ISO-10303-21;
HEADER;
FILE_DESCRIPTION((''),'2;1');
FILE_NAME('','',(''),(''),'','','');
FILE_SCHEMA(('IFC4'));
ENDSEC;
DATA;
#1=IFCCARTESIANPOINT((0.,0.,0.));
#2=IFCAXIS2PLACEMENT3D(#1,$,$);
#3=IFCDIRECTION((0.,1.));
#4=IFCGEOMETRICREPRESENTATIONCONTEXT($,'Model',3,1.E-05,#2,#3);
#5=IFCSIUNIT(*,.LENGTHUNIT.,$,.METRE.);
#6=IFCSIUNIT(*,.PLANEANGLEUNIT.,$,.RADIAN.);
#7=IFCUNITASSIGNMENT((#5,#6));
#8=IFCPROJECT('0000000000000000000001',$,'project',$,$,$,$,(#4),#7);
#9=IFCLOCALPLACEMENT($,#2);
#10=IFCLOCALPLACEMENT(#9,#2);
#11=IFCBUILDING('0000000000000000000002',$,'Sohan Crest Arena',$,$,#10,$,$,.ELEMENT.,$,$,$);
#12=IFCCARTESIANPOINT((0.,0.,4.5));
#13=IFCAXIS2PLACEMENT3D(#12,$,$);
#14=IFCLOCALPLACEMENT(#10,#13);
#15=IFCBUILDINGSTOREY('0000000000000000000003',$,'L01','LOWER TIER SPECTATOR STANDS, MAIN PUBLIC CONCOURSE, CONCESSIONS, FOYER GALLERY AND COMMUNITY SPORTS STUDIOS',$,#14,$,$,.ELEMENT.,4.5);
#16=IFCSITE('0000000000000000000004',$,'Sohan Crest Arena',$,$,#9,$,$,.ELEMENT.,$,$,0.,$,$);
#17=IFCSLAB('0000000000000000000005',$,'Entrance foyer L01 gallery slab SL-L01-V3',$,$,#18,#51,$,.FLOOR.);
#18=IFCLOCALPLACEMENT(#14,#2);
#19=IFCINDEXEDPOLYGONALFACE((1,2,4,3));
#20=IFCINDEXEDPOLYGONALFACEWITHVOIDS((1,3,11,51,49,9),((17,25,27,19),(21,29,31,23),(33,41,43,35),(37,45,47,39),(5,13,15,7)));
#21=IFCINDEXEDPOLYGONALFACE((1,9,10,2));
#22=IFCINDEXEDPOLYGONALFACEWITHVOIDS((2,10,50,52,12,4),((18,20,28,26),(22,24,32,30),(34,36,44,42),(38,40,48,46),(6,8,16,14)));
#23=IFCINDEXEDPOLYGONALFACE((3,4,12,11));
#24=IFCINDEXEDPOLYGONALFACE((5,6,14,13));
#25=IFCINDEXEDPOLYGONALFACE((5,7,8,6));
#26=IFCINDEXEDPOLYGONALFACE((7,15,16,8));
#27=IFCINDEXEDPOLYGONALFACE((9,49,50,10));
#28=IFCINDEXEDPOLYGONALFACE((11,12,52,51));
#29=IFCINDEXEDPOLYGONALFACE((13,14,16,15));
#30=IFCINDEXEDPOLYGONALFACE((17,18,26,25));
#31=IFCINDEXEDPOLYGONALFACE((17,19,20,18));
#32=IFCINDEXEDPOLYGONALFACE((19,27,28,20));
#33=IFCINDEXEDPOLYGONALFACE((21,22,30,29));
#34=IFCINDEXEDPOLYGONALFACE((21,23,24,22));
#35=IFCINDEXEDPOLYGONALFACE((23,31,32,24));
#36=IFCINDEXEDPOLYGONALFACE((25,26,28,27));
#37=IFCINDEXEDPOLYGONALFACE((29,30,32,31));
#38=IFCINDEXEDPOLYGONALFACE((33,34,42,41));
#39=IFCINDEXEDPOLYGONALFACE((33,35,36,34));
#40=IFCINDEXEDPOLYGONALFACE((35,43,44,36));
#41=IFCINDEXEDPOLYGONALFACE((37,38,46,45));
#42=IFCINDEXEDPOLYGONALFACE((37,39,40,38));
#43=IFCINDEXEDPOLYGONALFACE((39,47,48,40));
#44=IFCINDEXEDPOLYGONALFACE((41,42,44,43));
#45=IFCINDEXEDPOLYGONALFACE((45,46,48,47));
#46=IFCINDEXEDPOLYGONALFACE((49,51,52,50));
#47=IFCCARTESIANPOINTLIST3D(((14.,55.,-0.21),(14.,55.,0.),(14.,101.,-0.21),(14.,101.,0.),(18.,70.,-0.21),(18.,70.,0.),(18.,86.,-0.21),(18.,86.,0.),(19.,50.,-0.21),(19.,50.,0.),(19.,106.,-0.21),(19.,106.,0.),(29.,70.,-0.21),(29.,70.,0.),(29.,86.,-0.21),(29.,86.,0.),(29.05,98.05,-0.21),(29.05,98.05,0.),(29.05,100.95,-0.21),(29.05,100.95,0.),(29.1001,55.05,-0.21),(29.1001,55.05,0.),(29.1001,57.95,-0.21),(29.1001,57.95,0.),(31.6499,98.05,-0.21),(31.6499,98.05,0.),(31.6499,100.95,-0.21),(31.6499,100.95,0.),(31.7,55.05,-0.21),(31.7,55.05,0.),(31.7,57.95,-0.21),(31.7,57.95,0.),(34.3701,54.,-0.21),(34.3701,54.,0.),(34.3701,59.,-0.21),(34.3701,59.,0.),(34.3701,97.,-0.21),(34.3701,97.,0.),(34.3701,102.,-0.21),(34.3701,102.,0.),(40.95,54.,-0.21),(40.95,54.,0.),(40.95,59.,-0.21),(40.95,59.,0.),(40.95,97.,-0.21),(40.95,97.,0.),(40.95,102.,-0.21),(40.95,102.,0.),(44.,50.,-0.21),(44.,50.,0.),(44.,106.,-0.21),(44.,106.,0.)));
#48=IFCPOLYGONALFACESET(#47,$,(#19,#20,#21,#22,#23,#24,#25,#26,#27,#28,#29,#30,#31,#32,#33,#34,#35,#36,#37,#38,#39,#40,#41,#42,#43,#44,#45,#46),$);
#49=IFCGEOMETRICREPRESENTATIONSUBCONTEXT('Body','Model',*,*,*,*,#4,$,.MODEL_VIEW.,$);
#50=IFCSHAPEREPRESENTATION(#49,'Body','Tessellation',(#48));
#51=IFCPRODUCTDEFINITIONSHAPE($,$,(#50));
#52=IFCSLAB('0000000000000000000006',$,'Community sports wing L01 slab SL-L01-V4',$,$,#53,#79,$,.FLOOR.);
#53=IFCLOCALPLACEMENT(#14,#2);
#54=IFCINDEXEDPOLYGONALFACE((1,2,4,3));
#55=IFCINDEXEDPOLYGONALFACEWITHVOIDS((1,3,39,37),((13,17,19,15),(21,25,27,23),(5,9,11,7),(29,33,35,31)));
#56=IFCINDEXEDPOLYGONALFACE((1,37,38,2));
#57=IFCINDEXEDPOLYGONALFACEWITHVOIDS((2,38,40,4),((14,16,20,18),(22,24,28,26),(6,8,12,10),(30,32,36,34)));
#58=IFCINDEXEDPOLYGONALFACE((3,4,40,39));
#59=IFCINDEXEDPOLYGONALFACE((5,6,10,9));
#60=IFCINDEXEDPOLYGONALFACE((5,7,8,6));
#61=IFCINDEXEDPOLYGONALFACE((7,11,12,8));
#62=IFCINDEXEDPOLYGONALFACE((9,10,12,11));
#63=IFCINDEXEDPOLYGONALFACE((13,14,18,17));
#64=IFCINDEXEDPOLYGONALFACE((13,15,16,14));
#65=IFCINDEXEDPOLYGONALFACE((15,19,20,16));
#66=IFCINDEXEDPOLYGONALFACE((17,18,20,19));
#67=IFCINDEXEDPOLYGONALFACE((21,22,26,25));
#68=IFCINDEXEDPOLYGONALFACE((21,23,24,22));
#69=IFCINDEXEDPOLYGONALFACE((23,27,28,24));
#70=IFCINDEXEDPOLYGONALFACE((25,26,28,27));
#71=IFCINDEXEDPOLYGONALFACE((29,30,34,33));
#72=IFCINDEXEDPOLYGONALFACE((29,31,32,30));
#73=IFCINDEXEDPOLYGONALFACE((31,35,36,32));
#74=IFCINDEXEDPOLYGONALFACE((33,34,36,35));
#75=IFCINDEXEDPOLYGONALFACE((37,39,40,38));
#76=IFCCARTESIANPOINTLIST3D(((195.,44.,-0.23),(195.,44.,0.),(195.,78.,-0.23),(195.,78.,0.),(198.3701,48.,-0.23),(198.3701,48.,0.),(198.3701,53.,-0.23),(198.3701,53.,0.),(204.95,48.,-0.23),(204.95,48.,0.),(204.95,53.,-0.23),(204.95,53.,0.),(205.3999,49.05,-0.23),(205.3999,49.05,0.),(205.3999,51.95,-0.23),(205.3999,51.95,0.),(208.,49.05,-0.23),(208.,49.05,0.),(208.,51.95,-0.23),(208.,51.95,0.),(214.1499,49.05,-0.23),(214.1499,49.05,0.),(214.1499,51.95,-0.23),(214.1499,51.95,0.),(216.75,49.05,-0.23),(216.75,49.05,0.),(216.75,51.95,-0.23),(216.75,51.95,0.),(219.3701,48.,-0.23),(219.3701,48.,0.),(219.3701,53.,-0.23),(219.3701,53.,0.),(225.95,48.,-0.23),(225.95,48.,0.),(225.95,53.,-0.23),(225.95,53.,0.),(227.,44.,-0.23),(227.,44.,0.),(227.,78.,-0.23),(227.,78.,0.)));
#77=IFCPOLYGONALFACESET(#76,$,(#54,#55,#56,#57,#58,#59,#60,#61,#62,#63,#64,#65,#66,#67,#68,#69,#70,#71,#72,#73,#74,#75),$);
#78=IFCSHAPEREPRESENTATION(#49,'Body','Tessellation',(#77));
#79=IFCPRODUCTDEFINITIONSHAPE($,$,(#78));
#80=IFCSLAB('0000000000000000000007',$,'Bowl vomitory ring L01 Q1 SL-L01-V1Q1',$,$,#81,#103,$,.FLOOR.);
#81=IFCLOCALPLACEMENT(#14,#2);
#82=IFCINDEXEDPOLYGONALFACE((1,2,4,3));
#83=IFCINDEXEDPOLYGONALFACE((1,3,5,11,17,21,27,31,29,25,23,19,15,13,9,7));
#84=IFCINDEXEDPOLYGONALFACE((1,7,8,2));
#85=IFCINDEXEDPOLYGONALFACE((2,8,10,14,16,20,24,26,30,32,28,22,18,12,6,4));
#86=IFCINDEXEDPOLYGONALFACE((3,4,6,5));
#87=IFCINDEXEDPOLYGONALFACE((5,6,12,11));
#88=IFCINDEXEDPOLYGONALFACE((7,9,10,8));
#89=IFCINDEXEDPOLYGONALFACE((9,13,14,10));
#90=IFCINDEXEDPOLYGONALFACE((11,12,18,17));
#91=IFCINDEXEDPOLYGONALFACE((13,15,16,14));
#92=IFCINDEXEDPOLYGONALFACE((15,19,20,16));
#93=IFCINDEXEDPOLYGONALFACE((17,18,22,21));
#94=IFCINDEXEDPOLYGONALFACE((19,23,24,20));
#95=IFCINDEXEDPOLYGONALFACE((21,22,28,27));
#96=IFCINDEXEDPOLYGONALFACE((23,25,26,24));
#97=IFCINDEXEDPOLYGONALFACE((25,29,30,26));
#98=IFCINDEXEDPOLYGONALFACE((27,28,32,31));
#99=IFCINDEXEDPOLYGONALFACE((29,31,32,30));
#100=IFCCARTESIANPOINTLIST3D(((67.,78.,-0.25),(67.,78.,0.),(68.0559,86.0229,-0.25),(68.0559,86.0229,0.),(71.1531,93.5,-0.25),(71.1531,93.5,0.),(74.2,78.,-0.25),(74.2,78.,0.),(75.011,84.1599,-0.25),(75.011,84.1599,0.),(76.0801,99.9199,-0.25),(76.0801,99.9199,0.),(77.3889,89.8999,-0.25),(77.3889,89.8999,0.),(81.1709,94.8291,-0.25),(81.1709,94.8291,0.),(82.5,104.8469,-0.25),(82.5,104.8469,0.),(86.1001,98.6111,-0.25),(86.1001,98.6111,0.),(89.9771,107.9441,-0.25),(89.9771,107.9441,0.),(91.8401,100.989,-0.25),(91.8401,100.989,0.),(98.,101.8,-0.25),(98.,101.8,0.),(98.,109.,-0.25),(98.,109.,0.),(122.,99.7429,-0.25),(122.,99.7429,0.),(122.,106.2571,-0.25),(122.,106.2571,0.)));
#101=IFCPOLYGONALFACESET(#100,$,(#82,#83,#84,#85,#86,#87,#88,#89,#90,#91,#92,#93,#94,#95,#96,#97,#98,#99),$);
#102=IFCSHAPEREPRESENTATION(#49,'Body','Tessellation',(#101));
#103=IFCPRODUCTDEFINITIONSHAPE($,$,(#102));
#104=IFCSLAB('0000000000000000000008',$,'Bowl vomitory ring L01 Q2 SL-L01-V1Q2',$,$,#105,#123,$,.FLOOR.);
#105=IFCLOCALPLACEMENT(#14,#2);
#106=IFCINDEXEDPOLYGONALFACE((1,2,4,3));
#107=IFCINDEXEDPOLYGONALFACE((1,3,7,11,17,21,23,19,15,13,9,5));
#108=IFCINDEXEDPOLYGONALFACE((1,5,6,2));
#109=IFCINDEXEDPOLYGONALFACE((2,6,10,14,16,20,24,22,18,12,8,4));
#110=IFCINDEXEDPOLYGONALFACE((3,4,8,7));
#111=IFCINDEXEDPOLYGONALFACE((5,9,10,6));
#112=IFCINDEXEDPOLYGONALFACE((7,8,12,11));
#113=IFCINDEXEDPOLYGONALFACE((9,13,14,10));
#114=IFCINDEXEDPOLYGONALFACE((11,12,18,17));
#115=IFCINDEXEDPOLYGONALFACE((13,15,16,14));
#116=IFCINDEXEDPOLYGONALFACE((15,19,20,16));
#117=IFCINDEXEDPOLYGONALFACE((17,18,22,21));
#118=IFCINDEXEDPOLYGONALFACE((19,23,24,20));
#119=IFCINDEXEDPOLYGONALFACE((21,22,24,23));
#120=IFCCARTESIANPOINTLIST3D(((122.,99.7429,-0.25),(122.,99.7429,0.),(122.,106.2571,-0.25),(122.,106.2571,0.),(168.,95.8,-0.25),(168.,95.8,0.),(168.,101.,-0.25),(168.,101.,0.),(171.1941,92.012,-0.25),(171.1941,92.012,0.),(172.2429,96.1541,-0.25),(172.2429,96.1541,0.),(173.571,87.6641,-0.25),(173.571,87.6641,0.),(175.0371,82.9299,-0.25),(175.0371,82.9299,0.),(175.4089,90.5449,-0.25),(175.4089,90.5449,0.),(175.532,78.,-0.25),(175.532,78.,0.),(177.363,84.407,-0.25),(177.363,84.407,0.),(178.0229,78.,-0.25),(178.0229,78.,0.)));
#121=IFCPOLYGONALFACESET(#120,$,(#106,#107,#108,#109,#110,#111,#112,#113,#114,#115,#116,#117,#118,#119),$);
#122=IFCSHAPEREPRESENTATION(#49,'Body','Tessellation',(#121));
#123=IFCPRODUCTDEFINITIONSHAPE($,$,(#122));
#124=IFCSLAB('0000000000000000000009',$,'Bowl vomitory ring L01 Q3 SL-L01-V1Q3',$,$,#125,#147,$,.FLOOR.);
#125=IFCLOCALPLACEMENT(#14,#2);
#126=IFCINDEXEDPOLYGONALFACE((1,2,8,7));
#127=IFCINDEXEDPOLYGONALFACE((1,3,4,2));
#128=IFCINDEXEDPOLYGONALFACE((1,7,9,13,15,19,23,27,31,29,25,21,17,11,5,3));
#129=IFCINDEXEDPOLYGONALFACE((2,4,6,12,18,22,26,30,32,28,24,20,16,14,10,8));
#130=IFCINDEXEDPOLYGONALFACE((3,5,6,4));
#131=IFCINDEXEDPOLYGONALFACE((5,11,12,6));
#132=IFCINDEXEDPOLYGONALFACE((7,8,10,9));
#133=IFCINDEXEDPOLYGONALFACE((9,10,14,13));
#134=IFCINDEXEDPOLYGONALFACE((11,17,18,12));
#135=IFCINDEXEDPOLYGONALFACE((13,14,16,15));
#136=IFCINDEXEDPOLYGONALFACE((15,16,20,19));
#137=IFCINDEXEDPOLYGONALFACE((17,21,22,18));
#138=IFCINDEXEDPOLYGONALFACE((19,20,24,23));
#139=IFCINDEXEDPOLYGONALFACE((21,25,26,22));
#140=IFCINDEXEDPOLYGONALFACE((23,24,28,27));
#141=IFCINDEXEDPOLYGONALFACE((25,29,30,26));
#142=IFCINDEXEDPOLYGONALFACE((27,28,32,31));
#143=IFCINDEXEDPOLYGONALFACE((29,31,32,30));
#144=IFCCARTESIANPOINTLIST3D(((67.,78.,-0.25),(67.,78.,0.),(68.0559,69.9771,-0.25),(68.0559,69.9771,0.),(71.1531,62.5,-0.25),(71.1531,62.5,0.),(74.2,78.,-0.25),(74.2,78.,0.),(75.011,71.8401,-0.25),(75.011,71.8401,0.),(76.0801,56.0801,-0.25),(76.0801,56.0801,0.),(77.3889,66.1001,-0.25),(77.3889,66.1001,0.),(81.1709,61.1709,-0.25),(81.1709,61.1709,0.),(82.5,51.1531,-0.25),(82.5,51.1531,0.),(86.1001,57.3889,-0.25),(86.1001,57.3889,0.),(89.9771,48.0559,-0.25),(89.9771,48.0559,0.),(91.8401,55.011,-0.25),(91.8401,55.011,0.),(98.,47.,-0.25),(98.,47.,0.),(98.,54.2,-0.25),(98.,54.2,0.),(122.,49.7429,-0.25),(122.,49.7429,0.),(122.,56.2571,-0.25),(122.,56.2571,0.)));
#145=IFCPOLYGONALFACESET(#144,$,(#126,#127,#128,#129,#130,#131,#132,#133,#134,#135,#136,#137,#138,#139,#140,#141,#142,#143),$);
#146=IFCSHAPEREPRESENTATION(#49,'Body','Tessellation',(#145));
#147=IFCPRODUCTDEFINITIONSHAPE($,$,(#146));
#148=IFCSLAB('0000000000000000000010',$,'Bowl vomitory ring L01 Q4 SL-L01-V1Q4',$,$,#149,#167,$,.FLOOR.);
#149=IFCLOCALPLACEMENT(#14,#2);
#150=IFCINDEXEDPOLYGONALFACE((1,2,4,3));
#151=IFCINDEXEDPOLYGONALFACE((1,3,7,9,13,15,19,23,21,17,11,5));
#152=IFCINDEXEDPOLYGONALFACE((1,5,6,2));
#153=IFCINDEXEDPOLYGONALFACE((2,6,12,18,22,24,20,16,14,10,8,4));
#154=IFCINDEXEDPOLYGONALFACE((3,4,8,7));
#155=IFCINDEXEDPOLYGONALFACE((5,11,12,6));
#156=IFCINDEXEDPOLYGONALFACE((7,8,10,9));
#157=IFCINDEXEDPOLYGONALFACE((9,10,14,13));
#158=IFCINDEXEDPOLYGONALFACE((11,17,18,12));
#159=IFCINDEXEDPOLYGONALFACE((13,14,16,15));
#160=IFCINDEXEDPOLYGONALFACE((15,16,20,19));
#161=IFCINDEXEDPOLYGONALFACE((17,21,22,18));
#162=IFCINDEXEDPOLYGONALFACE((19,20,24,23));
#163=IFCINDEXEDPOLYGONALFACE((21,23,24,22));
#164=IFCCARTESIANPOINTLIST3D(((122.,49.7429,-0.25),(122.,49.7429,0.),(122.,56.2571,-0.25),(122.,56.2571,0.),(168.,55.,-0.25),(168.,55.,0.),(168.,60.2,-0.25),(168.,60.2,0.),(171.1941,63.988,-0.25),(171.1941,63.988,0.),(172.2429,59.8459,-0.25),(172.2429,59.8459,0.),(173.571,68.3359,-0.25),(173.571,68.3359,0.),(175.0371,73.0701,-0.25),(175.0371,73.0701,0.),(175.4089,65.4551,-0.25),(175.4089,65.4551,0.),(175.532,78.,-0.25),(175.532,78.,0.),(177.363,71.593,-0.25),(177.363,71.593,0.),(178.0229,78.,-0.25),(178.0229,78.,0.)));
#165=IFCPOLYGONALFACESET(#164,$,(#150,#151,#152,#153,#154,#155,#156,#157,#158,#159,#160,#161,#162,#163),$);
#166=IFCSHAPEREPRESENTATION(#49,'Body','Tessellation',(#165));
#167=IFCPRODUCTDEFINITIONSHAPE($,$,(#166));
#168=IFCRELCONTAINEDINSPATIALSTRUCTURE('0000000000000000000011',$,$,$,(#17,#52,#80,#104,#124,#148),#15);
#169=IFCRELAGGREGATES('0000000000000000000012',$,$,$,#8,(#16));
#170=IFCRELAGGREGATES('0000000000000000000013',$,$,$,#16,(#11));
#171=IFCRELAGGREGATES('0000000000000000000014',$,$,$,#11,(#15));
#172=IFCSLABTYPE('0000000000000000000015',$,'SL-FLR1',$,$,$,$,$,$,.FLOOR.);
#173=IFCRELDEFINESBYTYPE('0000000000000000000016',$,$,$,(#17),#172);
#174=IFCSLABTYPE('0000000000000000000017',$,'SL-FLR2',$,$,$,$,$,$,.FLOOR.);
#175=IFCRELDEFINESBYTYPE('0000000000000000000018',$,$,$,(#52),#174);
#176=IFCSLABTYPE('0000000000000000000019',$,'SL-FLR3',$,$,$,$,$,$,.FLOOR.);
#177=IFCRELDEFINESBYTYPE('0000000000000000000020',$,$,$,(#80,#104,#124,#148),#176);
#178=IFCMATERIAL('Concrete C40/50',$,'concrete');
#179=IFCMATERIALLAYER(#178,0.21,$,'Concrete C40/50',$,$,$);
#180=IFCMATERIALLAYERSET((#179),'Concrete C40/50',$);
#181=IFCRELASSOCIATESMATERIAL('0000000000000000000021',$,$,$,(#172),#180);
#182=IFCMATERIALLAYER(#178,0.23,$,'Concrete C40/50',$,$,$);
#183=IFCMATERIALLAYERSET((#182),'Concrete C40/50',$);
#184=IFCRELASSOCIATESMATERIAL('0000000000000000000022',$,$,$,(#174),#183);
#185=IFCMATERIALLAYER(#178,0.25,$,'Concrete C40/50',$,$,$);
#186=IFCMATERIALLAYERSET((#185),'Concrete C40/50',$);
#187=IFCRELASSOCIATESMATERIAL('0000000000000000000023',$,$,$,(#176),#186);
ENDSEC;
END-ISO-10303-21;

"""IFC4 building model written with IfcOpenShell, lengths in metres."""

from ifc_helpers import new_model, si_unit, direction, frame, origin, place, context, subcontext, project, spatial, polyline, outline, extrude, material, layer, layer_set, type_object, element, save


model = new_model("IFC4")

# Units and contexts
model_context = context("Model", 3, precision=1e-05, world=origin(), true_north=direction((0.0, 1.0)))
body_context = subcontext(model_context, "Body", "Model", "MODEL_VIEW")
ifc_project = project(units=[si_unit("LENGTHUNIT", "METRE"), si_unit("PLANEANGLEUNIT", "RADIAN")], contexts=[model_context])

# Site, building, storey
site_placement = place(None, origin())
site = spatial("IfcSite", under=ifc_project, at=site_placement, Name="Sohan Crest Arena", CompositionType="ELEMENT", RefElevation=0.0)
building_placement = place(site_placement, origin())
building = spatial("IfcBuilding", under=site, at=building_placement, Name="Sohan Crest Arena", CompositionType="ELEMENT")
storey_placement = place(building_placement, frame((0.0, 0.0, 4.5)))
storey = spatial("IfcBuildingStorey", under=building, at=storey_placement, Name="L01", Description="LOWER TIER SPECTATOR STANDS, MAIN PUBLIC CONCOURSE, CONCESSIONS, FOYER GALLERY AND COMMUNITY SPORTS STUDIOS", CompositionType="ELEMENT", Elevation=4.5)

# Slabs
ifc_material_1 = material(Name="Concrete C40/50", Category="concrete")
ifc_layer_1 = layer(ifc_material_1, 0.21, Name="Concrete C40/50")
ifc_layer_set_1 = layer_set([ifc_layer_1], Name="Concrete C40/50")
slab_type_1 = type_object("IfcSlabType", Name="SL-FLR1", PredefinedType="FLOOR", material=ifc_layer_set_1)
slab_1_placement = place(storey_placement, frame((0.0, 0.0, -0.21)))
element("IfcSlab", 1, at=slab_1_placement, inside=storey, type_object=slab_type_1, Name="Entrance foyer L01 gallery slab SL-L01-V3", PredefinedType="FLOOR", context=body_context, shape_type="SweptSolid", body=[
    extrude(outline(polyline([(44.0, 50.0), (19.0, 50.0), (14.0, 55.0), (14.0, 101.0), (19.0, 106.0), (44.0, 106.0), (44.0, 50.0)]), holes=[polyline([(40.95, 59.0), (34.3701, 59.0), (34.3701, 54.0), (40.95, 54.0), (40.95, 59.0)]), polyline([(31.7, 55.05), (31.7, 57.95), (29.1001, 57.95), (29.1001, 55.05), (31.7, 55.05)]), polyline([(34.3701, 97.0), (40.95, 97.0), (40.95, 102.0), (34.3701, 102.0), (34.3701, 97.0)]), polyline([(29.05, 100.95), (29.05, 98.05), (31.6499, 98.05), (31.6499, 100.95), (29.05, 100.95)]), polyline([(29.0, 86.0), (18.0, 86.0), (18.0, 70.0), (29.0, 70.0), (29.0, 86.0)])]), origin(), (0.0, 0.0, 1.0), 0.21),
])
ifc_layer_2 = layer(ifc_material_1, 0.23, Name="Concrete C40/50")
ifc_layer_set_2 = layer_set([ifc_layer_2], Name="Concrete C40/50")
slab_type_2 = type_object("IfcSlabType", Name="SL-FLR2", PredefinedType="FLOOR", material=ifc_layer_set_2)
slab_2_placement = place(storey_placement, frame((0.0, 0.0, -0.23)))
element("IfcSlab", 2, at=slab_2_placement, inside=storey, type_object=slab_type_2, Name="Community sports wing L01 slab SL-L01-V4", PredefinedType="FLOOR", context=body_context, shape_type="SweptSolid", body=[
    extrude(outline(polyline([(195.0, 44.0), (195.0, 78.0), (227.0, 78.0), (227.0, 44.0), (195.0, 44.0)]), holes=[polyline([(204.95, 48.0), (204.95, 53.0), (198.3701, 53.0), (198.3701, 48.0), (204.95, 48.0)]), polyline([(205.3999, 49.05), (208.0, 49.05), (208.0, 51.95), (205.3999, 51.95), (205.3999, 49.05)]), polyline([(219.3701, 53.0), (219.3701, 48.0), (225.95, 48.0), (225.95, 53.0), (219.3701, 53.0)]), polyline([(216.75, 51.95), (214.1499, 51.95), (214.1499, 49.05), (216.75, 49.05), (216.75, 51.95)])]), origin(), (0.0, 0.0, 1.0), 0.23),
])
ifc_layer_3 = layer(ifc_material_1, 0.25, Name="Concrete C40/50")
ifc_layer_set_3 = layer_set([ifc_layer_3], Name="Concrete C40/50")
slab_type_3 = type_object("IfcSlabType", Name="SL-FLR3", PredefinedType="FLOOR", material=ifc_layer_set_3)
slab_3_placement = place(storey_placement, frame((0.0, 0.0, -0.25)))
element("IfcSlab", 3, at=slab_3_placement, inside=storey, type_object=slab_type_3, Name="Bowl vomitory ring L01 Q1 SL-L01-V1Q1", PredefinedType="FLOOR", context=body_context, shape_type="SweptSolid", body=[
    extrude(outline(polyline([(68.0559, 86.0229), (71.1531, 93.5), (76.0801, 99.9199), (82.5, 104.8469), (89.9771, 107.9441), (98.0, 109.0), (122.0, 106.2571), (122.0, 99.7429), (98.0, 101.8), (91.8401, 100.989), (86.1001, 98.6111), (81.1709, 94.8291), (77.3889, 89.8999), (75.011, 84.1599), (74.2, 78.0), (67.0, 78.0), (68.0559, 86.0229)])), origin(), (0.0, 0.0, 1.0), 0.25),
])
slab_4_placement = place(storey_placement, frame((0.0, 0.0, -0.25)))
element("IfcSlab", 4, at=slab_4_placement, inside=storey, type_object=slab_type_3, Name="Bowl vomitory ring L01 Q2 SL-L01-V1Q2", PredefinedType="FLOOR", context=body_context, shape_type="SweptSolid", body=[
    extrude(outline(polyline([(122.0, 106.2571), (168.0, 101.0), (172.2429, 96.1541), (175.4089, 90.5449), (177.363, 84.407), (178.0229, 78.0), (175.532, 78.0), (175.0371, 82.9299), (173.571, 87.6641), (171.1941, 92.012), (168.0, 95.8), (122.0, 99.7429), (122.0, 106.2571)])), origin(), (0.0, 0.0, 1.0), 0.25),
])
slab_5_placement = place(storey_placement, frame((0.0, 0.0, -0.25)))
element("IfcSlab", 5, at=slab_5_placement, inside=storey, type_object=slab_type_3, Name="Bowl vomitory ring L01 Q3 SL-L01-V1Q3", PredefinedType="FLOOR", context=body_context, shape_type="SweptSolid", body=[
    extrude(outline(polyline([(122.0, 49.7429), (98.0, 47.0), (89.9771, 48.0559), (82.5, 51.1531), (76.0801, 56.0801), (71.1531, 62.5), (68.0559, 69.9771), (67.0, 78.0), (74.2, 78.0), (75.011, 71.8401), (77.3889, 66.1001), (81.1709, 61.1709), (86.1001, 57.3889), (91.8401, 55.011), (98.0, 54.2), (122.0, 56.2571), (122.0, 49.7429)])), origin(), (0.0, 0.0, 1.0), 0.25),
])
slab_6_placement = place(storey_placement, frame((0.0, 0.0, -0.25)))
element("IfcSlab", 6, at=slab_6_placement, inside=storey, type_object=slab_type_3, Name="Bowl vomitory ring L01 Q4 SL-L01-V1Q4", PredefinedType="FLOOR", context=body_context, shape_type="SweptSolid", body=[
    extrude(outline(polyline([(177.363, 71.593), (175.4089, 65.4551), (172.2429, 59.8459), (168.0, 55.0), (122.0, 49.7429), (122.0, 56.2571), (168.0, 60.2), (171.1941, 63.988), (173.571, 68.3359), (175.0371, 73.0701), (175.532, 78.0), (178.0229, 78.0), (177.363, 71.593)])), origin(), (0.0, 0.0, 1.0), 0.25),
])

save(model, "model.ifc")
